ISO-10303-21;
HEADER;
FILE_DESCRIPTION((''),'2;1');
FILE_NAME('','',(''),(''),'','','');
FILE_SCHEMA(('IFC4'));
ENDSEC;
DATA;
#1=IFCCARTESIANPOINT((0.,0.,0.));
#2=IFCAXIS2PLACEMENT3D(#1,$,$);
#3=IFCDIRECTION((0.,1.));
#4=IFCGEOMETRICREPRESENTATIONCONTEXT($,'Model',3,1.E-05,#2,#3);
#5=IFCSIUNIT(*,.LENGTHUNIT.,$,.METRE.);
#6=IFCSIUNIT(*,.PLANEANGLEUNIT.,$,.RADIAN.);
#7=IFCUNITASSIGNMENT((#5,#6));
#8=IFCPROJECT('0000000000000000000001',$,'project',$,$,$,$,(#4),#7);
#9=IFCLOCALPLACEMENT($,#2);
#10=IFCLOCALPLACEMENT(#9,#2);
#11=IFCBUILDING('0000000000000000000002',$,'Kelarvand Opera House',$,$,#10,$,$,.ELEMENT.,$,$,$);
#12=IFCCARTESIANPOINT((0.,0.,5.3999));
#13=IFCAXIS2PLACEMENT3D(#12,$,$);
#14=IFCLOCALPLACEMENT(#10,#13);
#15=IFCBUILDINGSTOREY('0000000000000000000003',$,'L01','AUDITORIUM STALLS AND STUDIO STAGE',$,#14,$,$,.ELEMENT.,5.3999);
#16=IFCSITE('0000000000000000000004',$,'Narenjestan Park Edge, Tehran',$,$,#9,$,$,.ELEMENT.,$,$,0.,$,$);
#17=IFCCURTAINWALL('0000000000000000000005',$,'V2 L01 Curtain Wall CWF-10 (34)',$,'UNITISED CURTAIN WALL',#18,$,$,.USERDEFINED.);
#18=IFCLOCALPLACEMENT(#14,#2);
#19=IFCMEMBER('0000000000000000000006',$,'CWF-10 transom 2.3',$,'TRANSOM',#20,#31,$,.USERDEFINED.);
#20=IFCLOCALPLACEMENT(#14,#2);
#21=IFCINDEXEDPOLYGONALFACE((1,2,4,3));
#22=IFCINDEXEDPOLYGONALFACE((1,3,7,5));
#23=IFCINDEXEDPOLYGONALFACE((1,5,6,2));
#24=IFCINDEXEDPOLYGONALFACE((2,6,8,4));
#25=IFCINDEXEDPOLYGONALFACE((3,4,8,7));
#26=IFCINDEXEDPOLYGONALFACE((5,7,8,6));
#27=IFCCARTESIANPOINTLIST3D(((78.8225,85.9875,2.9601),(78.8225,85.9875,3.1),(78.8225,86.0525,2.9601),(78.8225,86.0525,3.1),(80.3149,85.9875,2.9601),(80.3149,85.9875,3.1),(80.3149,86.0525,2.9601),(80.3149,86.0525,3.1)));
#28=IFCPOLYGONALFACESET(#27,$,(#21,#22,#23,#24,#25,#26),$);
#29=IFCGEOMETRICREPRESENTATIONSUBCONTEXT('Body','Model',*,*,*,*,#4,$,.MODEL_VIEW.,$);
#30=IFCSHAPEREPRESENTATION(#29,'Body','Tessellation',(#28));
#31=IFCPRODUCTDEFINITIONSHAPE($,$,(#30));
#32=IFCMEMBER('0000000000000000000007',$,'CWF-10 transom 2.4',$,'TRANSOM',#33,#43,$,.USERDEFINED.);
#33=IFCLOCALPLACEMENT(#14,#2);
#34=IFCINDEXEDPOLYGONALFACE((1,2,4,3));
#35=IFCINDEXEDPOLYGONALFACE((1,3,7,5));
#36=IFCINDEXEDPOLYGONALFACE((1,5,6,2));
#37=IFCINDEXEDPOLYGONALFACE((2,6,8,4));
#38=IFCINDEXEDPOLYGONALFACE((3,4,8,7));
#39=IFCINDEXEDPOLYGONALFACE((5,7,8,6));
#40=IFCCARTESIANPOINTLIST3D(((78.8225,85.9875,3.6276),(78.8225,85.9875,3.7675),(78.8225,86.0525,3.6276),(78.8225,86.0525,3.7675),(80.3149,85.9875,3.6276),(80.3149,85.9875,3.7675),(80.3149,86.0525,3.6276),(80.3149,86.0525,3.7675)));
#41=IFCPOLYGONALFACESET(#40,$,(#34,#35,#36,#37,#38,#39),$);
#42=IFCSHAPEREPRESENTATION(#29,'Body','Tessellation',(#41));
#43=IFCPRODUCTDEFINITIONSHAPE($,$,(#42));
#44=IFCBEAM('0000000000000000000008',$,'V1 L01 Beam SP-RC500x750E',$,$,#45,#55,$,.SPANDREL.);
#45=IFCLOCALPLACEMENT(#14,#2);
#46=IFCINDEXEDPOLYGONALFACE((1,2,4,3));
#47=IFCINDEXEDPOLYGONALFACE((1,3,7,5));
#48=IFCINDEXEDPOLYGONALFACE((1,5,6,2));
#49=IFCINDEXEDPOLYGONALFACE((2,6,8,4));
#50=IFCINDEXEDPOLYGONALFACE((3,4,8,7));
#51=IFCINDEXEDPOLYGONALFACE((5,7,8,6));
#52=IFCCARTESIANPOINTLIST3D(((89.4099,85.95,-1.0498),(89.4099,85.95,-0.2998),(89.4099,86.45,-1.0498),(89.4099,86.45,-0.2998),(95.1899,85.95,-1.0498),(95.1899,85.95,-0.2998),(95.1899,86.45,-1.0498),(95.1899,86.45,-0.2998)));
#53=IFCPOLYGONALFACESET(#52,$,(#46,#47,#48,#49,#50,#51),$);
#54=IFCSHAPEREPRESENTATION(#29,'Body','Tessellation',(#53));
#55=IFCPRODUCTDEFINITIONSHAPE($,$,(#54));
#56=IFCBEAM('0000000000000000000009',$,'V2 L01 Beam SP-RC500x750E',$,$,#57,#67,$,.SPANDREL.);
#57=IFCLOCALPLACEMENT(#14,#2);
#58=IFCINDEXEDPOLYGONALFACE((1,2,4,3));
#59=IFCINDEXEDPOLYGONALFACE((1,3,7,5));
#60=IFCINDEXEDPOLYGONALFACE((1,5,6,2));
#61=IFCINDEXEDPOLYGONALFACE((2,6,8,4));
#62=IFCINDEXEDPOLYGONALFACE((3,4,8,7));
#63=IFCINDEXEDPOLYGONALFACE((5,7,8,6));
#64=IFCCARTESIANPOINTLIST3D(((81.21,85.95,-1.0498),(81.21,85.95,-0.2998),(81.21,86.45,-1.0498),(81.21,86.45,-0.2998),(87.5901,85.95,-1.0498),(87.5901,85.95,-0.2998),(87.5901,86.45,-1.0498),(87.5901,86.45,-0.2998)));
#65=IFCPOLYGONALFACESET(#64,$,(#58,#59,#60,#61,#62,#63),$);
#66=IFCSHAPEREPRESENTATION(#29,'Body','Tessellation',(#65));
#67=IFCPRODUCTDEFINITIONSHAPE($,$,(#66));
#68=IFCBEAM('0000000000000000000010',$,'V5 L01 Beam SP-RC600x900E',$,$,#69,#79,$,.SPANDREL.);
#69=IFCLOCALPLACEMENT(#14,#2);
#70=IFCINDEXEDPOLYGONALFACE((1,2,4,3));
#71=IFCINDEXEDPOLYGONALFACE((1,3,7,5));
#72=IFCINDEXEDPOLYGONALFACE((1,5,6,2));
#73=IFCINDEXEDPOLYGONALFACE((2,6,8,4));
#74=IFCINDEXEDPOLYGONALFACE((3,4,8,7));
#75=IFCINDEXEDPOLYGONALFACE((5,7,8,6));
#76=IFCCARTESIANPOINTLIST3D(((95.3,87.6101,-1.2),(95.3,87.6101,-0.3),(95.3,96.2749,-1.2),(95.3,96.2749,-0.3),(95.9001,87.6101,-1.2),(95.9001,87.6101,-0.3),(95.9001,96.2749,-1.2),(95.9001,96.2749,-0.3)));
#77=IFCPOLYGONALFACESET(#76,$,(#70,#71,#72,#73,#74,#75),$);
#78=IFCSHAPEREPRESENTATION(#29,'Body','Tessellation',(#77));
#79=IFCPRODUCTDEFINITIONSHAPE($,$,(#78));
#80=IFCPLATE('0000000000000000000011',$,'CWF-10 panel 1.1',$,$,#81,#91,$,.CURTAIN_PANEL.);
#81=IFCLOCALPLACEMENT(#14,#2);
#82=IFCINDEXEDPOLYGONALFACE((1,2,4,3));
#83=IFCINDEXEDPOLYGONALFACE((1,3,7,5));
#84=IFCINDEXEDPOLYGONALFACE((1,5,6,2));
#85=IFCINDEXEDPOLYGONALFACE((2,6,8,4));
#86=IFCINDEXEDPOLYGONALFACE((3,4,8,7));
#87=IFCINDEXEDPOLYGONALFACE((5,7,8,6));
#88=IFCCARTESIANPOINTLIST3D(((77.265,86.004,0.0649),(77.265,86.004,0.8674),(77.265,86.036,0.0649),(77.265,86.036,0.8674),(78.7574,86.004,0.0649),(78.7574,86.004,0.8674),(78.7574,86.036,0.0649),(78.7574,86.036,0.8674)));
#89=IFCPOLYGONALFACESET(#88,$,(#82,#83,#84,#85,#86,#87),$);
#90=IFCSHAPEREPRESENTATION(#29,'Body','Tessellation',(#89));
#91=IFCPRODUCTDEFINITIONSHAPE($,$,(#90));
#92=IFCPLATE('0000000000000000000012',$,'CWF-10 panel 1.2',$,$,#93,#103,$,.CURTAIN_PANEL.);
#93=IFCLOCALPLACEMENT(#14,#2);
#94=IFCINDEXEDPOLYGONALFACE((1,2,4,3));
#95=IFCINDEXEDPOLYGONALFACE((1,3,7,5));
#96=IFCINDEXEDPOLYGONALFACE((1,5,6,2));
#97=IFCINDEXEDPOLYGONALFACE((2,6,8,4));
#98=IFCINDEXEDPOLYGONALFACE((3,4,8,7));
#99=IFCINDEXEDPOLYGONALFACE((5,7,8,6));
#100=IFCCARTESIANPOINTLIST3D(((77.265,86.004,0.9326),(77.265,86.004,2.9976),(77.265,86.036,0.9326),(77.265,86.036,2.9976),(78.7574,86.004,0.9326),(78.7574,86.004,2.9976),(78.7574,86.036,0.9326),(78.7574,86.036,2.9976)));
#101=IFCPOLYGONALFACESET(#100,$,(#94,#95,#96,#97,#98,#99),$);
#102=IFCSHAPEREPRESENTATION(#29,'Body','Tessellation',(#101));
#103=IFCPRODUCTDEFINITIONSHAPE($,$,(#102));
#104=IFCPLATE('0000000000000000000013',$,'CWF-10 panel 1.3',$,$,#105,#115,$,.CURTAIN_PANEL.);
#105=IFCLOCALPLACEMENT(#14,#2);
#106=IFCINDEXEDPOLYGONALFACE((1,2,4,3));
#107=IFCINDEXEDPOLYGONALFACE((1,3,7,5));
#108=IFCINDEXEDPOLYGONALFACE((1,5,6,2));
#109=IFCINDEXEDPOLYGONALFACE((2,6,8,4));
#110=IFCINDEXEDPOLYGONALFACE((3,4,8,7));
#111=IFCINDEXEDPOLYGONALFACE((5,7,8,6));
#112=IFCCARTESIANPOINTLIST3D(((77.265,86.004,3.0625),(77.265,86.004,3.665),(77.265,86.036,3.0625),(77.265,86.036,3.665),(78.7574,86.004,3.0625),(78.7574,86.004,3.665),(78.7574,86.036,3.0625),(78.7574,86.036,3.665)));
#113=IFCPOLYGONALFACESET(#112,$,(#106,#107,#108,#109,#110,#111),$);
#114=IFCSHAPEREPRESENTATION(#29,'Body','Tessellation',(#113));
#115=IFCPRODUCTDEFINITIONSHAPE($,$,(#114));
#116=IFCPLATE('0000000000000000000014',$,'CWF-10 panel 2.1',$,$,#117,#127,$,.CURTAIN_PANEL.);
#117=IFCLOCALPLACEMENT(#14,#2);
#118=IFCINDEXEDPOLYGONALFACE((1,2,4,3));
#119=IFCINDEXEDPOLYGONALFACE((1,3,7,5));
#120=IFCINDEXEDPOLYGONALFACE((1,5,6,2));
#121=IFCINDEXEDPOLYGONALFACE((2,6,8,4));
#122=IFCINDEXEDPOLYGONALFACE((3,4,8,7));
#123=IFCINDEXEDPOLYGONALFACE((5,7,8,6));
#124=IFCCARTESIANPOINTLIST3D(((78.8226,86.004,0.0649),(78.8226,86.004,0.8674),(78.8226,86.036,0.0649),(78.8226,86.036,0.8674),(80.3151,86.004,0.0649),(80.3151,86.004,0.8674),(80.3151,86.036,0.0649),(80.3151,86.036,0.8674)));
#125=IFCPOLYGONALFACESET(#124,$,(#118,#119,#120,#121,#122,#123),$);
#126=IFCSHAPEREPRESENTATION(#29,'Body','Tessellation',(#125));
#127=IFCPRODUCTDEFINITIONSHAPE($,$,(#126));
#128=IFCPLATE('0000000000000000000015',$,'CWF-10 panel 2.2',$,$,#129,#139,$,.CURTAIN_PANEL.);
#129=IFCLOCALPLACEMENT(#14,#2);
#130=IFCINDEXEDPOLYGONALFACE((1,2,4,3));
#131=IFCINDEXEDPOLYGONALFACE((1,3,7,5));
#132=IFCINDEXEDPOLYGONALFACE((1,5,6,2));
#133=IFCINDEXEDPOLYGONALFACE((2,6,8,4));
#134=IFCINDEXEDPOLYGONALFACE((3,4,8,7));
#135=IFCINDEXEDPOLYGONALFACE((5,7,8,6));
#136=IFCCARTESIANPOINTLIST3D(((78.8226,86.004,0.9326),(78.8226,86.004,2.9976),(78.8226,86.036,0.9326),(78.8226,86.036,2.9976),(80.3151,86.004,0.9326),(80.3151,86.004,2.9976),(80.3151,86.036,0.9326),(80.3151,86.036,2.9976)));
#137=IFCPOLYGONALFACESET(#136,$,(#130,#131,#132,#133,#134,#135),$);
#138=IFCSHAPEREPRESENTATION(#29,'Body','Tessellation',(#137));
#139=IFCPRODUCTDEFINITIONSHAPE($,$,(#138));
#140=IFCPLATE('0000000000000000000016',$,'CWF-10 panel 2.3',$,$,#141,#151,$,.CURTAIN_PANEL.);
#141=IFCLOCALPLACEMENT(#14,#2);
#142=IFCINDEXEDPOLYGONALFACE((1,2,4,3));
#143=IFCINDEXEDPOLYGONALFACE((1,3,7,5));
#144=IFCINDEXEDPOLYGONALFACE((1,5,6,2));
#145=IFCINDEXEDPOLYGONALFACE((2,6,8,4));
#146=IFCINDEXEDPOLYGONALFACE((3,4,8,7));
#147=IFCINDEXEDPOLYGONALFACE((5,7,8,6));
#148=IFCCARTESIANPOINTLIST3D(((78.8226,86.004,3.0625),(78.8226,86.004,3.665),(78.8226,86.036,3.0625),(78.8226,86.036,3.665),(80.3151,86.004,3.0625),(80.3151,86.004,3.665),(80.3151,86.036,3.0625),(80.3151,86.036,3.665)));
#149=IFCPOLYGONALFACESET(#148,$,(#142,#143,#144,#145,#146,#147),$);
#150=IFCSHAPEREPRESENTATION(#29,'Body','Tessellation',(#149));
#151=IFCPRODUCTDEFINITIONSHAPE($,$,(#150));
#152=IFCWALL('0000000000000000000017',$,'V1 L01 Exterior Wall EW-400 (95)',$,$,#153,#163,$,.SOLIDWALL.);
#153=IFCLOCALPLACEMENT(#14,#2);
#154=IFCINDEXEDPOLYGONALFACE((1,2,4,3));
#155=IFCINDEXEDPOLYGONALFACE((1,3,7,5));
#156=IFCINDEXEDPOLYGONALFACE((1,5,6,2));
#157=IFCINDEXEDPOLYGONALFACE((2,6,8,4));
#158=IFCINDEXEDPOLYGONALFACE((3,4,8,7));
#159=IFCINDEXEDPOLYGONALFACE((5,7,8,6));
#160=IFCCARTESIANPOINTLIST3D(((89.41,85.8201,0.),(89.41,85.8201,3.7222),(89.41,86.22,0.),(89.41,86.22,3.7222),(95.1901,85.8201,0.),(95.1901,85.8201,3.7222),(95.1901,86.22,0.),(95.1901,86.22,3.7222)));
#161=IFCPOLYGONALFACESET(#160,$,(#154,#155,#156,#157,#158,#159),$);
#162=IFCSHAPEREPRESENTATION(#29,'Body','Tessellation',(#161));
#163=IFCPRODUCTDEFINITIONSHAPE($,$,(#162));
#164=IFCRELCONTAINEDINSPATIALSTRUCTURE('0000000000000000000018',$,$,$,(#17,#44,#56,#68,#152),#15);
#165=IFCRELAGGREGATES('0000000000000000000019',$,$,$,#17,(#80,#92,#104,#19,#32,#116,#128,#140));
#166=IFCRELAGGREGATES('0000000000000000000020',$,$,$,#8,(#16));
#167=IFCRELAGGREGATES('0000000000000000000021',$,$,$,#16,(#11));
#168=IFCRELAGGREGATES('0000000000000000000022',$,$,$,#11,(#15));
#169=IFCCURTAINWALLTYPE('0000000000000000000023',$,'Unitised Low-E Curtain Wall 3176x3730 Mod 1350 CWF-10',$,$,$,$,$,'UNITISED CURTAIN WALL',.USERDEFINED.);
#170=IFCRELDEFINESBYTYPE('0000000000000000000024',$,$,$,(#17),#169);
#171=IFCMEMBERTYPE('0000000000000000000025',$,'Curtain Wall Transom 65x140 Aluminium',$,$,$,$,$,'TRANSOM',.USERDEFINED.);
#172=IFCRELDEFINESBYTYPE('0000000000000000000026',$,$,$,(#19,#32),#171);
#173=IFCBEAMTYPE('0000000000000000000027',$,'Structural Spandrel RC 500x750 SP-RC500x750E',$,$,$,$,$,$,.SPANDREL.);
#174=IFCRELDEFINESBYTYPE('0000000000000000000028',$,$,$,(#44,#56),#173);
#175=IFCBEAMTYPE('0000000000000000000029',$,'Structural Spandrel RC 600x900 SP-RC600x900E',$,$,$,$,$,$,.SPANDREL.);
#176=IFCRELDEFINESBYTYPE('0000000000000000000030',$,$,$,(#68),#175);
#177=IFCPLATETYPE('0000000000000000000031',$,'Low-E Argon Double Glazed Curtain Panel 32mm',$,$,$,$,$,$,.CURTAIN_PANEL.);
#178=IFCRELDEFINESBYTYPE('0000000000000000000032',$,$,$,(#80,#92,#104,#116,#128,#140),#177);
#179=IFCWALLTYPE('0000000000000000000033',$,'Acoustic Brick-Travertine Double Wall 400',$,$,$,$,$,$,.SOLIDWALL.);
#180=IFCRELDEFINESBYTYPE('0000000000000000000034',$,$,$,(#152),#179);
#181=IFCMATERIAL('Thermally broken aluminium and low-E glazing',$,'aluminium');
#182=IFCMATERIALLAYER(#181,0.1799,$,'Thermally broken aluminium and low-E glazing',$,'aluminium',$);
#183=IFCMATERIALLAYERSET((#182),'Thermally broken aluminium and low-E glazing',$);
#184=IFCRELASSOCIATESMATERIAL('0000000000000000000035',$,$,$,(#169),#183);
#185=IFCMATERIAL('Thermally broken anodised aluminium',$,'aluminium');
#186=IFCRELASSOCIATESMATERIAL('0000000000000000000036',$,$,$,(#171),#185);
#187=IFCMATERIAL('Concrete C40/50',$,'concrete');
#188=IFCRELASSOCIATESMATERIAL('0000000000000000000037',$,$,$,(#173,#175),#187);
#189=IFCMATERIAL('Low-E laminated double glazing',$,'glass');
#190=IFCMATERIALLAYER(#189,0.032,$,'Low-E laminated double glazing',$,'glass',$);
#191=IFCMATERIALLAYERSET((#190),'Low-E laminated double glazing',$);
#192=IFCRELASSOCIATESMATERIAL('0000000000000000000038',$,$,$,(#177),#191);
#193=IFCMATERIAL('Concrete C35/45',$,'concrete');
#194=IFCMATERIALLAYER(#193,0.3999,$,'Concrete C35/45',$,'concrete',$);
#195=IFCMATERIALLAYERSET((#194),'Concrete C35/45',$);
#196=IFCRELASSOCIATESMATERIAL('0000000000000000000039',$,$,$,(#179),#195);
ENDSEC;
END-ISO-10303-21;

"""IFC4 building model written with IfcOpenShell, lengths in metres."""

from ifc_helpers import new_model, si_unit, direction, frame, frame_2d, origin, origin_2d, place, context, subcontext, project, spatial, rectangle, extrude, material, layer, layer_set, material_profile, profile_set, type_object, element, aggregate, save


model = new_model("IFC4")

# Units and contexts
model_context = context("Model", 3, precision=1e-05, world=origin(), true_north=direction((0.0, 1.0)))
body_context = subcontext(model_context, "Body", "Model", "MODEL_VIEW")
ifc_project = project(units=[si_unit("LENGTHUNIT", "METRE"), si_unit("PLANEANGLEUNIT", "RADIAN")], contexts=[model_context])

# Site, building, storey
site_placement = place(None, origin())
site = spatial("IfcSite", under=ifc_project, at=site_placement, Name="Narenjestan Park Edge, Tehran", CompositionType="ELEMENT", RefElevation=0.0)
building_placement = place(site_placement, origin())
building = spatial("IfcBuilding", under=site, at=building_placement, Name="Kelarvand Opera House", CompositionType="ELEMENT")
storey_placement = place(building_placement, frame((0.0, 0.0, 5.3999)))
storey = spatial("IfcBuildingStorey", under=building, at=storey_placement, Name="L01", Description="AUDITORIUM STALLS AND STUDIO STAGE", CompositionType="ELEMENT", Elevation=5.3999)

# Shared definitions
ifc_material_1 = material(Name="Concrete C40/50", Category="concrete")

# Curtain wall, members
ifc_material_2 = material(Name="Thermally broken aluminium and low-E glazing", Category="aluminium")
ifc_layer_1 = layer(ifc_material_2, 0.1799, Name="Thermally broken aluminium and low-E glazing", Category="aluminium")
ifc_layer_set_1 = layer_set([ifc_layer_1], Name="Thermally broken aluminium and low-E glazing")
curtain_wall_type = type_object("IfcCurtainWallType", Name="Unitised Low-E Curtain Wall 3176x3730 Mod 1350 CWF-10", ElementType="UNITISED CURTAIN WALL", PredefinedType="USERDEFINED", material=ifc_layer_set_1)
curtain_wall_placement = place(storey_placement, origin())
curtain_wall = element("IfcCurtainWall", 1, at=curtain_wall_placement, inside=storey, type_object=curtain_wall_type, Name="V2 L01 Curtain Wall CWF-10 (34)", ObjectType="UNITISED CURTAIN WALL", PredefinedType="USERDEFINED")
ifc_material_3 = material(Name="Thermally broken anodised aluminium", Category="aluminium")
ifc_material_profile_1 = material_profile(ifc_material_3, rectangle(XDim=0.0649, YDim=0.1399, at=origin_2d()), Name="ALU TRANSOM 65x140", Category="aluminium")
ifc_profile_set_1 = profile_set([ifc_material_profile_1], Name="Thermally broken anodised aluminium")
member_type_1 = type_object("IfcMemberType", Name="Curtain Wall Transom 65x140 Aluminium", ElementType="TRANSOM", PredefinedType="USERDEFINED", material=ifc_profile_set_1)
member_1_placement = place(storey_placement, frame((78.8225, 86.02, 3.03), z_axis=(1.0, 0.0, 0.0), x_axis=(0.0, 1.0, 0.0)))
member_1 = element("IfcMember", 2, at=member_1_placement, type_object=member_type_1, Name="CWF-10 transom 2.3", ObjectType="TRANSOM", PredefinedType="USERDEFINED", context=body_context, shape_type="SweptSolid", body=[
    extrude(rectangle(XDim=0.0649, YDim=0.1399, at=origin_2d()), origin(), (0.0, 0.0, 1.0), 1.4924),
])
member_2_placement = place(storey_placement, frame((78.8225, 86.02, 3.6975), z_axis=(1.0, 0.0, 0.0), x_axis=(0.0, 1.0, 0.0)))
member_2 = element("IfcMember", 3, at=member_2_placement, type_object=member_type_1, Name="CWF-10 transom 2.4", ObjectType="TRANSOM", PredefinedType="USERDEFINED", context=body_context, shape_type="SweptSolid", body=[
    extrude(rectangle(XDim=0.0649, YDim=0.1399, at=origin_2d()), origin(), (0.0, 0.0, 1.0), 1.4924),
])

# Beams
ifc_material_profile_2 = material_profile(ifc_material_1, rectangle(XDim=0.5, YDim=0.75, at=origin_2d()), Name="RC 500x750", Category="concrete")
ifc_profile_set_2 = profile_set([ifc_material_profile_2], Name="Concrete C40/50")
beam_type_1 = type_object("IfcBeamType", Name="Structural Spandrel RC 500x750 SP-RC500x750E", PredefinedType="SPANDREL", material=ifc_profile_set_2)
beam_1_placement = place(storey_placement, frame((89.4099, 86.2, -0.6748), z_axis=(1.0, 0.0, 0.0), x_axis=(0.0, 1.0, 0.0)))
element("IfcBeam", 4, at=beam_1_placement, inside=storey, type_object=beam_type_1, Name="V1 L01 Beam SP-RC500x750E", PredefinedType="SPANDREL", context=body_context, shape_type="SweptSolid", body=[
    extrude(rectangle(XDim=0.5, YDim=0.75, at=origin_2d()), origin(), (0.0, 0.0, 1.0), 5.78),
])
beam_2_placement = place(storey_placement, frame((81.21, 86.2, -0.6748), z_axis=(1.0, 0.0, 0.0), x_axis=(0.0, 1.0, 0.0)))
element("IfcBeam", 5, at=beam_2_placement, inside=storey, type_object=beam_type_1, Name="V2 L01 Beam SP-RC500x750E", PredefinedType="SPANDREL", context=body_context, shape_type="SweptSolid", body=[
    extrude(rectangle(XDim=0.5, YDim=0.75, at=origin_2d()), origin(), (0.0, 0.0, 1.0), 6.3801),
])
ifc_material_profile_3 = material_profile(ifc_material_1, rectangle(XDim=0.6001, YDim=0.8999, at=origin_2d()), Name="RC 600x900", Category="concrete")
ifc_profile_set_3 = profile_set([ifc_material_profile_3], Name="Concrete C40/50")
beam_type_2 = type_object("IfcBeamType", Name="Structural Spandrel RC 600x900 SP-RC600x900E", PredefinedType="SPANDREL", material=ifc_profile_set_3)
beam_3_placement = place(storey_placement, frame((95.6001, 87.6101, -0.75), z_axis=(0.0, 1.0, 0.0), x_axis=(-1.0, 0.0, 0.0)))
element("IfcBeam", 6, at=beam_3_placement, inside=storey, type_object=beam_type_2, Name="V5 L01 Beam SP-RC600x900E", PredefinedType="SPANDREL", context=body_context, shape_type="SweptSolid", body=[
    extrude(rectangle(XDim=0.6001, YDim=0.8999, at=origin_2d()), origin(), (0.0, 0.0, 1.0), 8.6648),
])

# Plates
ifc_material_4 = material(Name="Low-E laminated double glazing", Category="glass")
ifc_layer_2 = layer(ifc_material_4, 0.032, Name="Low-E laminated double glazing", Category="glass")
ifc_layer_set_2 = layer_set([ifc_layer_2], Name="Low-E laminated double glazing")
plate_type = type_object("IfcPlateType", Name="Low-E Argon Double Glazed Curtain Panel 32mm", PredefinedType="CURTAIN_PANEL", material=ifc_layer_set_2)
plate_1_placement = place(storey_placement, frame((78.0112, 86.02, 0.0649), z_axis=(0.0, 0.0, 1.0), x_axis=(1.0, 0.0, 0.0)))
plate_1 = element("IfcPlate", 7, at=plate_1_placement, type_object=plate_type, Name="CWF-10 panel 1.1", PredefinedType="CURTAIN_PANEL", context=body_context, shape_type="SweptSolid", body=[
    extrude(rectangle(XDim=1.4924, YDim=0.032, at=origin_2d()), origin(), (0.0, 0.0, 1.0), 0.8025),
])
plate_2_placement = place(storey_placement, frame((78.0112, 86.02, 0.9326), z_axis=(0.0, 0.0, 1.0), x_axis=(1.0, 0.0, 0.0)))
plate_2 = element("IfcPlate", 8, at=plate_2_placement, type_object=plate_type, Name="CWF-10 panel 1.2", PredefinedType="CURTAIN_PANEL", context=body_context, shape_type="SweptSolid", body=[
    extrude(rectangle(XDim=1.4924, YDim=0.032, at=origin_2d()), origin(), (0.0, 0.0, 1.0), 2.0649),
])
plate_3_placement = place(storey_placement, frame((78.0112, 86.02, 3.0625), z_axis=(0.0, 0.0, 1.0), x_axis=(1.0, 0.0, 0.0)))
plate_3 = element("IfcPlate", 9, at=plate_3_placement, type_object=plate_type, Name="CWF-10 panel 1.3", PredefinedType="CURTAIN_PANEL", context=body_context, shape_type="SweptSolid", body=[
    extrude(rectangle(XDim=1.4924, YDim=0.032, at=origin_2d()), origin(), (0.0, 0.0, 1.0), 0.6025),
])
plate_4_placement = place(storey_placement, frame((79.5688, 86.02, 0.0649), z_axis=(0.0, 0.0, 1.0), x_axis=(1.0, 0.0, 0.0)))
plate_4 = element("IfcPlate", 10, at=plate_4_placement, type_object=plate_type, Name="CWF-10 panel 2.1", PredefinedType="CURTAIN_PANEL", context=body_context, shape_type="SweptSolid", body=[
    extrude(rectangle(XDim=1.4924, YDim=0.032, at=origin_2d()), origin(), (0.0, 0.0, 1.0), 0.8025),
])
plate_5_placement = place(storey_placement, frame((79.5688, 86.02, 0.9326), z_axis=(0.0, 0.0, 1.0), x_axis=(1.0, 0.0, 0.0)))
plate_5 = element("IfcPlate", 11, at=plate_5_placement, type_object=plate_type, Name="CWF-10 panel 2.2", PredefinedType="CURTAIN_PANEL", context=body_context, shape_type="SweptSolid", body=[
    extrude(rectangle(XDim=1.4924, YDim=0.032, at=origin_2d()), origin(), (0.0, 0.0, 1.0), 2.0649),
])
plate_6_placement = place(storey_placement, frame((79.5688, 86.02, 3.0625), z_axis=(0.0, 0.0, 1.0), x_axis=(1.0, 0.0, 0.0)))
plate_6 = element("IfcPlate", 12, at=plate_6_placement, type_object=plate_type, Name="CWF-10 panel 2.3", PredefinedType="CURTAIN_PANEL", context=body_context, shape_type="SweptSolid", body=[
    extrude(rectangle(XDim=1.4924, YDim=0.032, at=origin_2d()), origin(), (0.0, 0.0, 1.0), 0.6025),
])
aggregate(curtain_wall, [plate_1, plate_2, plate_3, member_1, member_2, plate_4, plate_5, plate_6])

# Wall
ifc_material_5 = material(Name="Concrete C35/45", Category="concrete")
ifc_layer_3 = layer(ifc_material_5, 0.3999, Name="Concrete C35/45", Category="concrete")
ifc_layer_set_3 = layer_set([ifc_layer_3], Name="Concrete C35/45")
wall_type_1 = type_object("IfcWallType", Name="Acoustic Brick-Travertine Double Wall 400", PredefinedType="SOLIDWALL", material=ifc_layer_set_3)
wall_1_placement = place(storey_placement, frame((89.4099, 86.02, 0.0), z_axis=(0.0, 0.0, 1.0), x_axis=(1.0, 0.0, 0.0)))
element("IfcWall", 13, at=wall_1_placement, inside=storey, type_object=wall_type_1, Name="V1 L01 Exterior Wall EW-400 (95)", PredefinedType="SOLIDWALL", context=body_context, shape_type="SweptSolid", body=[
    extrude(rectangle(XDim=5.78, YDim=0.3999, at=frame_2d((2.8901, 0.0))), origin(), (0.0, 0.0, 1.0), 3.7222),
])

save(model, "model.ifc")
